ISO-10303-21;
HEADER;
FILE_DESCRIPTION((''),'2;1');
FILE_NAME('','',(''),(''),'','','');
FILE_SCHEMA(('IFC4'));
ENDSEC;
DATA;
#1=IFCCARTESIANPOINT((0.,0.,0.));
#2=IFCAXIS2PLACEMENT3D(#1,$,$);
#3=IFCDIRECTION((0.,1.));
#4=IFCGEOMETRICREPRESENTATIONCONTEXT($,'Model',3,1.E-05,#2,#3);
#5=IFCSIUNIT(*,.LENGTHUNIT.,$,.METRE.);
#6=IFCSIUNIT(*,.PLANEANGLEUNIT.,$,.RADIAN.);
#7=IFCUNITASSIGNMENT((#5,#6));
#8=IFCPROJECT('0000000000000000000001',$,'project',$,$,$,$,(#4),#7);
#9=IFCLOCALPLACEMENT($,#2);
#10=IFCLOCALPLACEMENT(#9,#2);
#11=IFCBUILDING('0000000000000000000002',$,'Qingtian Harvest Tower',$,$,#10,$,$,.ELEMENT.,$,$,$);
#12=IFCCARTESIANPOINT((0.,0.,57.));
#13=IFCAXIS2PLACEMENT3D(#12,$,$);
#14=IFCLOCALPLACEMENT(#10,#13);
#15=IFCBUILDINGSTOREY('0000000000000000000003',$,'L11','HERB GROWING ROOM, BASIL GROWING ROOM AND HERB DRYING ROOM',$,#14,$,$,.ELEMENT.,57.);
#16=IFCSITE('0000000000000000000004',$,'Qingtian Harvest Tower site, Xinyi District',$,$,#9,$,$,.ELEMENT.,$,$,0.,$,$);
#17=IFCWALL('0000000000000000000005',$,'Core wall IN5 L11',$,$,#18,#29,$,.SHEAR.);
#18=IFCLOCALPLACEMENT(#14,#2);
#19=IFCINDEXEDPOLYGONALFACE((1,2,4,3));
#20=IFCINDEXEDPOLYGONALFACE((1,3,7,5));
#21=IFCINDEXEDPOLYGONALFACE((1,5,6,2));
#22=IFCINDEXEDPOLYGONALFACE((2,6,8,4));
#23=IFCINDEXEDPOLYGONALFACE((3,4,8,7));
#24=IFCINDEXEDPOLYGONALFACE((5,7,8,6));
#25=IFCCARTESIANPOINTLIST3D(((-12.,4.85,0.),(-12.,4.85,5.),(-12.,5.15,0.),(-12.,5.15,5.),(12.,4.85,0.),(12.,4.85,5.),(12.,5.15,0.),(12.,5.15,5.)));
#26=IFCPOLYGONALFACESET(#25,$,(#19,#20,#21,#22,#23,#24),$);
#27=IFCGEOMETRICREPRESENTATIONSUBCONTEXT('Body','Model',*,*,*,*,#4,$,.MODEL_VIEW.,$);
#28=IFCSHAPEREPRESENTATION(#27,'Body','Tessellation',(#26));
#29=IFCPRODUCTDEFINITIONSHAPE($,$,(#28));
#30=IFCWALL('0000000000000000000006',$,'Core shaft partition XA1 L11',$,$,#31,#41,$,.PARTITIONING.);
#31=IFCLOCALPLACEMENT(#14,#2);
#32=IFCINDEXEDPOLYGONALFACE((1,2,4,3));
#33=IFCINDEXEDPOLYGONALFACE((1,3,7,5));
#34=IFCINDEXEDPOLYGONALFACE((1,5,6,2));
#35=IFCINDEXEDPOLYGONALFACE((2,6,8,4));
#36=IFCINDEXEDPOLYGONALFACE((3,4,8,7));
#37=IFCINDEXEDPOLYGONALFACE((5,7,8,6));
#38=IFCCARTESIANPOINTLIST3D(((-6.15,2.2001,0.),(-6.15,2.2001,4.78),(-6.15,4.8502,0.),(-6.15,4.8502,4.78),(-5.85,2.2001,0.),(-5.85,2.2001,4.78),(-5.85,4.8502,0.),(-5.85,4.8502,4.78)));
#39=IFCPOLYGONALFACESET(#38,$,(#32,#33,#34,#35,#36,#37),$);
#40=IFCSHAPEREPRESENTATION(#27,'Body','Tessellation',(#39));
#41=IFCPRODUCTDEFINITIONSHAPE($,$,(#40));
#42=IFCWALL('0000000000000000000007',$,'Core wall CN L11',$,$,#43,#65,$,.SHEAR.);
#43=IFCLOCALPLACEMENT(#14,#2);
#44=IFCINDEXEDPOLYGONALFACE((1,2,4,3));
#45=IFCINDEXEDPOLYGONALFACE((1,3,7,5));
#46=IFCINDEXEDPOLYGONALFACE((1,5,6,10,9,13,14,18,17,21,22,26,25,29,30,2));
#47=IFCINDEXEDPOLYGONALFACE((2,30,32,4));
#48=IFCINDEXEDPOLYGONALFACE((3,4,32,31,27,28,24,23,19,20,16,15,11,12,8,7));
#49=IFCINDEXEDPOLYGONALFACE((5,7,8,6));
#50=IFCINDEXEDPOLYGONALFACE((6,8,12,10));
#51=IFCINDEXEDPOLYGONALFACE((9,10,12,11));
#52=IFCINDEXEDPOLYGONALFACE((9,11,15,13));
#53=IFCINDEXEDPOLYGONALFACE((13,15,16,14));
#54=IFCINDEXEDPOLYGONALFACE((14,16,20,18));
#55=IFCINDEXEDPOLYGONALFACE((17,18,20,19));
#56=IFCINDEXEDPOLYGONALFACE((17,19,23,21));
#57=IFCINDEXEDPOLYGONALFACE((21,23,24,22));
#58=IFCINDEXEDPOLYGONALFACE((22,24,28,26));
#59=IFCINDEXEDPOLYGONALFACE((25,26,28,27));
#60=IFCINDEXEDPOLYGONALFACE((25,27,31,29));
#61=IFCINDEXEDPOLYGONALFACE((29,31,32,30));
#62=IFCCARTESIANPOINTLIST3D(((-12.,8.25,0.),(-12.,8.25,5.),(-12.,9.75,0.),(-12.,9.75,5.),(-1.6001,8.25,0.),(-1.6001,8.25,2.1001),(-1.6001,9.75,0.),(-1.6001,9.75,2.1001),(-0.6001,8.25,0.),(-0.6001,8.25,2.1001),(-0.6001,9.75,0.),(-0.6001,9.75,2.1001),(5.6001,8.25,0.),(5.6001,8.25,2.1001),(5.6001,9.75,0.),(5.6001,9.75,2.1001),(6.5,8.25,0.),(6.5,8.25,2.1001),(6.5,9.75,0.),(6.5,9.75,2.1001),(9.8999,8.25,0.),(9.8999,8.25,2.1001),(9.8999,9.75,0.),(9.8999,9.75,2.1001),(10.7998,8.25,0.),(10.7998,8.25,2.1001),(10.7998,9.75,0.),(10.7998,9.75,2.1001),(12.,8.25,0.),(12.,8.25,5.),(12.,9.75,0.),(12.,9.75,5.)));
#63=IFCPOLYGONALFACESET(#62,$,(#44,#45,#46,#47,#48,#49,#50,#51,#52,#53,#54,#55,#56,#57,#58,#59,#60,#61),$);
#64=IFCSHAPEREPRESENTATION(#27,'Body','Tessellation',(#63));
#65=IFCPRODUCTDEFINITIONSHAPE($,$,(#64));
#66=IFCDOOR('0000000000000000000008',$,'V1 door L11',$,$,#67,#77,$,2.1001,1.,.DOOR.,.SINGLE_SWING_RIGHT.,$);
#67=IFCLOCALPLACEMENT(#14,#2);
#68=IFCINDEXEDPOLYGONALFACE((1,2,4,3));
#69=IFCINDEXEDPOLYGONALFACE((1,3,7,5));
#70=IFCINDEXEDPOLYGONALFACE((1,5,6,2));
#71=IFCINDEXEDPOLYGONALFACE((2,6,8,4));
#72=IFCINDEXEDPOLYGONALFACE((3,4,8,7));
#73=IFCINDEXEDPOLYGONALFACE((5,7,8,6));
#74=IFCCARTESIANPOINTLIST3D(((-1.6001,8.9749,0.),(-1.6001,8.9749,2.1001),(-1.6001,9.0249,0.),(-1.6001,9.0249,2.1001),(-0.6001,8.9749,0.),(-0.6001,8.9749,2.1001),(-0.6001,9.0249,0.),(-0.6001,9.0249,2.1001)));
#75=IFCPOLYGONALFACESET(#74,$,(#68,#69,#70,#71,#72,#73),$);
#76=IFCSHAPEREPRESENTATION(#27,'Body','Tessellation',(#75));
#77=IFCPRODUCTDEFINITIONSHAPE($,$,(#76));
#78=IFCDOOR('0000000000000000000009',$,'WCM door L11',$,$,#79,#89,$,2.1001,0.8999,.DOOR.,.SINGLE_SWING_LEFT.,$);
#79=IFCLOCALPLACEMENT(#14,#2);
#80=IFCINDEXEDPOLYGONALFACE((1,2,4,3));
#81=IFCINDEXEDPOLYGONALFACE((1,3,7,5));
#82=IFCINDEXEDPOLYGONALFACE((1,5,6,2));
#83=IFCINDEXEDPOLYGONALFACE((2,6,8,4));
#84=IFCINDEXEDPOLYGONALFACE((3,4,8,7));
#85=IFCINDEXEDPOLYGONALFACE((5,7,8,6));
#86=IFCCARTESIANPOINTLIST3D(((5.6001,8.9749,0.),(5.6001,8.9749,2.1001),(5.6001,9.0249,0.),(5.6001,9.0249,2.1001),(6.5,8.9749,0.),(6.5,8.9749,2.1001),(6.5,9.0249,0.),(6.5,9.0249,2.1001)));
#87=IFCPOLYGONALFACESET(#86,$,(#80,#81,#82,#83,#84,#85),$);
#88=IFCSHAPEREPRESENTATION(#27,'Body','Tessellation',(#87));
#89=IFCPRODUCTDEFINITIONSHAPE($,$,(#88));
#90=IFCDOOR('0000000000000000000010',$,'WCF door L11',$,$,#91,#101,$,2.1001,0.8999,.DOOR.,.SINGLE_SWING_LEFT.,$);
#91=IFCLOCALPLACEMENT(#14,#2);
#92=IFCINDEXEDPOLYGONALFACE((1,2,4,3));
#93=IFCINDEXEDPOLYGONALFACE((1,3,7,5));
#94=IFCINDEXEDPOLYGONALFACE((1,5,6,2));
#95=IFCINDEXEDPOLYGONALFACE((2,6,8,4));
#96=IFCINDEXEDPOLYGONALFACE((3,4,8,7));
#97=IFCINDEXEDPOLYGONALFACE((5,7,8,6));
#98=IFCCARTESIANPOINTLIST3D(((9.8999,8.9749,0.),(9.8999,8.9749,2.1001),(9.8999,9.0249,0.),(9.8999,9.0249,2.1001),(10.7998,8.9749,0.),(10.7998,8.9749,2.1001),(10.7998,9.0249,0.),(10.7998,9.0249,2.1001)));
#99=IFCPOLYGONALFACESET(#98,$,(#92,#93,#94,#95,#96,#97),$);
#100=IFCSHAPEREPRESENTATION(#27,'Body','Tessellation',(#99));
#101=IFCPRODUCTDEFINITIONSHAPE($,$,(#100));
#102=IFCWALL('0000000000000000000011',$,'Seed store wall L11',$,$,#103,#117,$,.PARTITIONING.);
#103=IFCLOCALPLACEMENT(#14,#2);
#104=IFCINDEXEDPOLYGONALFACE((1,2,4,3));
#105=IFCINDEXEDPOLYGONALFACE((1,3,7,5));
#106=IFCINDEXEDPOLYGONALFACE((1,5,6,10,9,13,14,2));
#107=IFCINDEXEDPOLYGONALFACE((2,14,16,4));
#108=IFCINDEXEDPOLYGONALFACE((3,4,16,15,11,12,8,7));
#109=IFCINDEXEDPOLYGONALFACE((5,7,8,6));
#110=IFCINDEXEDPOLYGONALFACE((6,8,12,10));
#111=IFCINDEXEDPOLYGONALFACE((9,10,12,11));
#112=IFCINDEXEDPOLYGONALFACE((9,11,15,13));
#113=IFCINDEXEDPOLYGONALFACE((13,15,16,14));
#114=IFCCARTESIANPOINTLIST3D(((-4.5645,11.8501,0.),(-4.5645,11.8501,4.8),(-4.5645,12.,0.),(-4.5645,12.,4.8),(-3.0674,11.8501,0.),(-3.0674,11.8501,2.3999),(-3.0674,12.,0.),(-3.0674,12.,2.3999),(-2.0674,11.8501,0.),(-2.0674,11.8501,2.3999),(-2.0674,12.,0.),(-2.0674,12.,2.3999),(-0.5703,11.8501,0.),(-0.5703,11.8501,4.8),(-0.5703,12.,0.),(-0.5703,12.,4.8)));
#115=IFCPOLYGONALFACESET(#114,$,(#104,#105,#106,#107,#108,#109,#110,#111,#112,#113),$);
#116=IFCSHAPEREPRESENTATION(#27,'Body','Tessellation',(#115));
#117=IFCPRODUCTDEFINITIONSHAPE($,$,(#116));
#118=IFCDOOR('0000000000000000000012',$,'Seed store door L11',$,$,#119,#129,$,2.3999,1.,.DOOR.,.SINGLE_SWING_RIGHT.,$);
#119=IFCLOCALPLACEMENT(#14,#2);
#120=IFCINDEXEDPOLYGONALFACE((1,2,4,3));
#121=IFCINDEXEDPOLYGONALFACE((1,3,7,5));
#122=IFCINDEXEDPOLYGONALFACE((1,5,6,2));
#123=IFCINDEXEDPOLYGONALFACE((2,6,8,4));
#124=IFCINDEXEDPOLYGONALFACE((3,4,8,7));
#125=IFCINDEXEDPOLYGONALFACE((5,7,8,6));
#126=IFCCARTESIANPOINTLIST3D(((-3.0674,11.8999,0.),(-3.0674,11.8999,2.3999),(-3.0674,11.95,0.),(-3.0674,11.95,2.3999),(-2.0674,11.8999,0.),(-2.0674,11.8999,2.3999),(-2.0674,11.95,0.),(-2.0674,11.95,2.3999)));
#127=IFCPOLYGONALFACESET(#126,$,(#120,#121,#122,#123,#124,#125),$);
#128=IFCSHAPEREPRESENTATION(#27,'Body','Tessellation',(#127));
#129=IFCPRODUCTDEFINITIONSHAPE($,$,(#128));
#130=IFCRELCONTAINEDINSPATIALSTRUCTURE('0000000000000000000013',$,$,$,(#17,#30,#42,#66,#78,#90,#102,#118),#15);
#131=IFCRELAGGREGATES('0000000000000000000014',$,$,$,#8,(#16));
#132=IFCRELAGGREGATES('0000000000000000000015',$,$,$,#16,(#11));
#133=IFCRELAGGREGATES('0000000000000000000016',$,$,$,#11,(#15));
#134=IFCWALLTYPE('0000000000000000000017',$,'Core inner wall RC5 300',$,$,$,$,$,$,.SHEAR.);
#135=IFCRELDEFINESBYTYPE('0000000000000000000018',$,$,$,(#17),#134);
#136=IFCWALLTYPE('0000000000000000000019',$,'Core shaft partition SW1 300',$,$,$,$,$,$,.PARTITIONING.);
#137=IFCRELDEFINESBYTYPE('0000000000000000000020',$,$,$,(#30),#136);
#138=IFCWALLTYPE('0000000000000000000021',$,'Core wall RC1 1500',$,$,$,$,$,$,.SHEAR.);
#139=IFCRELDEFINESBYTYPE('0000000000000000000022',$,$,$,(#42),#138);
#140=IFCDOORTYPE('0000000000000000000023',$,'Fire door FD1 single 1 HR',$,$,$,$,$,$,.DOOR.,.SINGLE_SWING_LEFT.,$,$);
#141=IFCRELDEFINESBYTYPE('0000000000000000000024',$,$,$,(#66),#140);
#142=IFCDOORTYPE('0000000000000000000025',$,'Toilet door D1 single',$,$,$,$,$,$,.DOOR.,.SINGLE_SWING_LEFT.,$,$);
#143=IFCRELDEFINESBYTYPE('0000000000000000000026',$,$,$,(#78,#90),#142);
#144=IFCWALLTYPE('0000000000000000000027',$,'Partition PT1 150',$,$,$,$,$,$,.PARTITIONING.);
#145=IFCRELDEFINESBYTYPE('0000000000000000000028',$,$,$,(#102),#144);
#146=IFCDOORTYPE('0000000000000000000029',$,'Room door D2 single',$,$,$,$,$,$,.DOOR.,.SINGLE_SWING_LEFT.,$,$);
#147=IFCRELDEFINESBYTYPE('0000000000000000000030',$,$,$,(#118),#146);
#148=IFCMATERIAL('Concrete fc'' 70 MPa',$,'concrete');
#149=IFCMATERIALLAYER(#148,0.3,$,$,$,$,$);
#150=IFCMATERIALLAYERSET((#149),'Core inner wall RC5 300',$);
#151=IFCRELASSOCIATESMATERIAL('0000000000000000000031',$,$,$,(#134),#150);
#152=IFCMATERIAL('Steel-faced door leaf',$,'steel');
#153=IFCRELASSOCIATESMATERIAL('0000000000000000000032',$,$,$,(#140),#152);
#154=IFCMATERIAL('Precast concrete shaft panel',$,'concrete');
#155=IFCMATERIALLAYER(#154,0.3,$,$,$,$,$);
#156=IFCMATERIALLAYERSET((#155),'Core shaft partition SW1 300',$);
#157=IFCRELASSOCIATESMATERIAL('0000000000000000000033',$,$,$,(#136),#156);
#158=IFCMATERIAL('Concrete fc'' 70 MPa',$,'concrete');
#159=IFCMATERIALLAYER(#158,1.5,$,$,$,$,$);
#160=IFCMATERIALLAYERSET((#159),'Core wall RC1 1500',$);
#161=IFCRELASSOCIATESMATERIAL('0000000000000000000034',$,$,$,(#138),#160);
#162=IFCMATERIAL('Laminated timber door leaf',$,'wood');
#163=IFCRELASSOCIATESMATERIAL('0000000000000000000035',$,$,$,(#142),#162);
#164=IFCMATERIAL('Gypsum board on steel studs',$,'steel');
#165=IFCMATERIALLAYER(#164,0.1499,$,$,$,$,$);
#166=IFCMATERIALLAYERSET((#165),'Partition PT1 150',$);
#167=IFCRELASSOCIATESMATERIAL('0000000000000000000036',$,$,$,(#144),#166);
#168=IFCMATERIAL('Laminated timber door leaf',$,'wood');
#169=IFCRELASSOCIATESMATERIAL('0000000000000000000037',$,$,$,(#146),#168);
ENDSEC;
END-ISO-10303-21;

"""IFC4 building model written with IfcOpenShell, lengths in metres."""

from ifc_helpers import new_model, si_unit, direction, frame, frame_2d, origin, place, context, subcontext, project, spatial, rectangle, extrude, material, layer, layer_set, type_object, element, fill, save


model = new_model("IFC4")

# Units and contexts
model_context = context("Model", 3, precision=1e-05, world=origin(), true_north=direction((0.0, 1.0)))
body_context = subcontext(model_context, "Body", "Model", "MODEL_VIEW")
ifc_project = project(units=[si_unit("LENGTHUNIT", "METRE"), si_unit("PLANEANGLEUNIT", "RADIAN")], contexts=[model_context])

# Site, building, storey
site_placement = place(None, origin())
site = spatial("IfcSite", under=ifc_project, at=site_placement, Name="Qingtian Harvest Tower site, Xinyi District", CompositionType="ELEMENT", RefElevation=0.0)
building_placement = place(site_placement, origin())
building = spatial("IfcBuilding", under=site, at=building_placement, Name="Qingtian Harvest Tower", CompositionType="ELEMENT")
storey_placement = place(building_placement, frame((0.0, 0.0, 57.0)))
storey = spatial("IfcBuildingStorey", under=building, at=storey_placement, Name="L11", Description="HERB GROWING ROOM, BASIL GROWING ROOM AND HERB DRYING ROOM", CompositionType="ELEMENT", Elevation=57.0)

# Wall
ifc_material_1 = material(Name="Concrete fc' 70 MPa", Category="concrete")
ifc_layer_1 = layer(ifc_material_1, 0.3)
ifc_layer_set_1 = layer_set([ifc_layer_1], Name="Core inner wall RC5 300")
wall_type_1 = type_object("IfcWallType", Name="Core inner wall RC5 300", PredefinedType="SHEAR", material=ifc_layer_set_1)
wall_1_placement = place(storey_placement, frame((-12.0, 5.0, 0.0), z_axis=(0.0, 0.0, 1.0), x_axis=(1.0, 0.0, 0.0)))
element("IfcWall", 1, at=wall_1_placement, inside=storey, type_object=wall_type_1, Name="Core wall IN5 L11", PredefinedType="SHEAR", context=body_context, shape_type="SweptSolid", body=[
    extrude(rectangle(XDim=24.0, YDim=0.3, at=frame_2d((12.0, 0.0))), origin(), (0.0, 0.0, 1.0), 5.0),
])

# Shared definitions
ifc_material_2 = material(Name="Steel-faced door leaf", Category="steel")
door_type_1 = type_object("IfcDoorType", Name="Fire door FD1 single 1 HR", OperationType="SINGLE_SWING_LEFT", PredefinedType="DOOR", material=ifc_material_2)

# Wall
ifc_material_3 = material(Name="Precast concrete shaft panel", Category="concrete")
ifc_layer_2 = layer(ifc_material_3, 0.3)
ifc_layer_set_2 = layer_set([ifc_layer_2], Name="Core shaft partition SW1 300")
wall_type_2 = type_object("IfcWallType", Name="Core shaft partition SW1 300", PredefinedType="PARTITIONING", material=ifc_layer_set_2)
wall_2_placement = place(storey_placement, frame((-6.0, 2.2, 0.0), z_axis=(0.0, 0.0, 1.0), x_axis=(0.0, 1.0, 0.0)))
element("IfcWall", 2, at=wall_2_placement, inside=storey, type_object=wall_type_2, Name="Core shaft partition XA1 L11", PredefinedType="PARTITIONING", context=body_context, shape_type="SweptSolid", body=[
    extrude(rectangle(XDim=2.6501, YDim=0.3, at=frame_2d((1.3252, 0.0))), origin(), (0.0, 0.0, 1.0), 4.78),
])

# Wall, openings, doors
ifc_material_4 = material(Name="Concrete fc' 70 MPa", Category="concrete")
ifc_layer_3 = layer(ifc_material_4, 1.5)
ifc_layer_set_3 = layer_set([ifc_layer_3], Name="Core wall RC1 1500")
wall_type_3 = type_object("IfcWallType", Name="Core wall RC1 1500", PredefinedType="SHEAR", material=ifc_layer_set_3)
wall_3_placement = place(storey_placement, frame((-12.0, 9.0, 0.0), z_axis=(0.0, 0.0, 1.0), x_axis=(1.0, 0.0, 0.0)))
wall_3 = element("IfcWall", 3, at=wall_3_placement, inside=storey, type_object=wall_type_3, Name="Core wall CN L11", PredefinedType="SHEAR", context=body_context, shape_type="SweptSolid", body=[
    extrude(rectangle(XDim=24.0, YDim=1.5, at=frame_2d((12.0, 0.0))), origin(), (0.0, 0.0, 1.0), 5.0),
])
opening_1_placement = place(wall_3_placement, frame((10.3999, 0.0, 0.0)))
opening_1 = element("IfcOpeningElement", 4, at=opening_1_placement, cuts=wall_3, PredefinedType="OPENING", context=body_context, shape_type="SweptSolid", body=[
    extrude(rectangle(XDim=1.0, YDim=2.1001, at=frame_2d((0.5, 1.05))), frame((0.0, 0.76, 0.0), z_axis=(0.0, -1.0, 0.0), x_axis=(1.0, 0.0, 0.0)), (0.0, 0.0, 1.0), 1.52),
])
opening_2_placement = place(wall_3_placement, frame((17.6001, 0.0, 0.0)))
opening_2 = element("IfcOpeningElement", 5, at=opening_2_placement, cuts=wall_3, PredefinedType="OPENING", context=body_context, shape_type="SweptSolid", body=[
    extrude(rectangle(XDim=0.8999, YDim=2.1001, at=frame_2d((0.45, 1.05))), frame((0.0, 0.76, 0.0), z_axis=(0.0, -1.0, 0.0), x_axis=(1.0, 0.0, 0.0)), (0.0, 0.0, 1.0), 1.52),
])
opening_3_placement = place(wall_3_placement, frame((21.8999, 0.0, 0.0)))
opening_3 = element("IfcOpeningElement", 6, at=opening_3_placement, cuts=wall_3, PredefinedType="OPENING", context=body_context, shape_type="SweptSolid", body=[
    extrude(rectangle(XDim=0.8999, YDim=2.1001, at=frame_2d((0.45, 1.05))), frame((0.0, 0.76, 0.0), z_axis=(0.0, -1.0, 0.0), x_axis=(1.0, 0.0, 0.0)), (0.0, 0.0, 1.0), 1.52),
])
door_1_placement = place(opening_1_placement, origin())
door_1 = element("IfcDoor", 7, at=door_1_placement, inside=storey, type_object=door_type_1, Name="V1 door L11", OperationType="SINGLE_SWING_RIGHT", OverallHeight=2.1001, OverallWidth=1.0, PredefinedType="DOOR", context=body_context, shape_type="SweptSolid", body=[
    extrude(rectangle(XDim=1.0, YDim=2.1001, at=frame_2d((0.5, 1.05))), frame((0.0, 0.0249, 0.0), z_axis=(0.0, -1.0, 0.0), x_axis=(1.0, 0.0, 0.0)), (0.0, 0.0, 1.0), 0.05),
])
fill(opening_1, door_1)
ifc_material_5 = material(Name="Laminated timber door leaf", Category="wood")
door_type_2 = type_object("IfcDoorType", Name="Toilet door D1 single", OperationType="SINGLE_SWING_LEFT", PredefinedType="DOOR", material=ifc_material_5)
door_2_placement = place(opening_2_placement, origin())
door_2 = element("IfcDoor", 8, at=door_2_placement, inside=storey, type_object=door_type_2, Name="WCM door L11", OperationType="SINGLE_SWING_LEFT", OverallHeight=2.1001, OverallWidth=0.8999, PredefinedType="DOOR", context=body_context, shape_type="SweptSolid", body=[
    extrude(rectangle(XDim=0.8999, YDim=2.1001, at=frame_2d((0.45, 1.05))), frame((0.0, 0.0249, 0.0), z_axis=(0.0, -1.0, 0.0), x_axis=(1.0, 0.0, 0.0)), (0.0, 0.0, 1.0), 0.05),
])
fill(opening_2, door_2)
door_3_placement = place(opening_3_placement, origin())
door_3 = element("IfcDoor", 9, at=door_3_placement, inside=storey, type_object=door_type_2, Name="WCF door L11", OperationType="SINGLE_SWING_LEFT", OverallHeight=2.1001, OverallWidth=0.8999, PredefinedType="DOOR", context=body_context, shape_type="SweptSolid", body=[
    extrude(rectangle(XDim=0.8999, YDim=2.1001, at=frame_2d((0.45, 1.05))), frame((0.0, 0.0249, 0.0), z_axis=(0.0, -1.0, 0.0), x_axis=(1.0, 0.0, 0.0)), (0.0, 0.0, 1.0), 0.05),
])
fill(opening_3, door_3)

# Wall, opening, door
ifc_material_6 = material(Name="Gypsum board on steel studs", Category="steel")
ifc_layer_4 = layer(ifc_material_6, 0.1499)
ifc_layer_set_4 = layer_set([ifc_layer_4], Name="Partition PT1 150")
wall_type_4 = type_object("IfcWallType", Name="Partition PT1 150", PredefinedType="PARTITIONING", material=ifc_layer_set_4)
wall_4_placement = place(storey_placement, frame((-4.5645, 11.925, 0.0), z_axis=(0.0, 0.0, 1.0), x_axis=(1.0, 0.0, 0.0)))
wall_4 = element("IfcWall", 10, at=wall_4_placement, inside=storey, type_object=wall_type_4, Name="Seed store wall L11", PredefinedType="PARTITIONING", context=body_context, shape_type="SweptSolid", body=[
    extrude(rectangle(XDim=3.9941, YDim=0.1499, at=frame_2d((1.9971, 0.0))), origin(), (0.0, 0.0, 1.0), 4.8),
])
opening_4_placement = place(wall_4_placement, frame((1.4971, 0.0, 0.0)))
opening_4 = element("IfcOpeningElement", 11, at=opening_4_placement, cuts=wall_4, PredefinedType="OPENING", context=body_context, shape_type="SweptSolid", body=[
    extrude(rectangle(XDim=1.0, YDim=2.3999, at=frame_2d((0.5, 1.2))), frame((0.0, 0.085, 0.0), z_axis=(0.0, -1.0, 0.0), x_axis=(1.0, 0.0, 0.0)), (0.0, 0.0, 1.0), 0.1699),
])
ifc_material_7 = material(Name="Laminated timber door leaf", Category="wood")
door_type_3 = type_object("IfcDoorType", Name="Room door D2 single", OperationType="SINGLE_SWING_LEFT", PredefinedType="DOOR", material=ifc_material_7)
door_4_placement = place(opening_4_placement, origin())
door_4 = element("IfcDoor", 12, at=door_4_placement, inside=storey, type_object=door_type_3, Name="Seed store door L11", OperationType="SINGLE_SWING_RIGHT", OverallHeight=2.3999, OverallWidth=1.0, PredefinedType="DOOR", context=body_context, shape_type="SweptSolid", body=[
    extrude(rectangle(XDim=1.0, YDim=2.3999, at=frame_2d((0.5, 1.2))), frame((0.0, 0.0249, 0.0), z_axis=(0.0, -1.0, 0.0), x_axis=(1.0, 0.0, 0.0)), (0.0, 0.0, 1.0), 0.05),
])
fill(opening_4, door_4)

save(model, "model.ifc")
